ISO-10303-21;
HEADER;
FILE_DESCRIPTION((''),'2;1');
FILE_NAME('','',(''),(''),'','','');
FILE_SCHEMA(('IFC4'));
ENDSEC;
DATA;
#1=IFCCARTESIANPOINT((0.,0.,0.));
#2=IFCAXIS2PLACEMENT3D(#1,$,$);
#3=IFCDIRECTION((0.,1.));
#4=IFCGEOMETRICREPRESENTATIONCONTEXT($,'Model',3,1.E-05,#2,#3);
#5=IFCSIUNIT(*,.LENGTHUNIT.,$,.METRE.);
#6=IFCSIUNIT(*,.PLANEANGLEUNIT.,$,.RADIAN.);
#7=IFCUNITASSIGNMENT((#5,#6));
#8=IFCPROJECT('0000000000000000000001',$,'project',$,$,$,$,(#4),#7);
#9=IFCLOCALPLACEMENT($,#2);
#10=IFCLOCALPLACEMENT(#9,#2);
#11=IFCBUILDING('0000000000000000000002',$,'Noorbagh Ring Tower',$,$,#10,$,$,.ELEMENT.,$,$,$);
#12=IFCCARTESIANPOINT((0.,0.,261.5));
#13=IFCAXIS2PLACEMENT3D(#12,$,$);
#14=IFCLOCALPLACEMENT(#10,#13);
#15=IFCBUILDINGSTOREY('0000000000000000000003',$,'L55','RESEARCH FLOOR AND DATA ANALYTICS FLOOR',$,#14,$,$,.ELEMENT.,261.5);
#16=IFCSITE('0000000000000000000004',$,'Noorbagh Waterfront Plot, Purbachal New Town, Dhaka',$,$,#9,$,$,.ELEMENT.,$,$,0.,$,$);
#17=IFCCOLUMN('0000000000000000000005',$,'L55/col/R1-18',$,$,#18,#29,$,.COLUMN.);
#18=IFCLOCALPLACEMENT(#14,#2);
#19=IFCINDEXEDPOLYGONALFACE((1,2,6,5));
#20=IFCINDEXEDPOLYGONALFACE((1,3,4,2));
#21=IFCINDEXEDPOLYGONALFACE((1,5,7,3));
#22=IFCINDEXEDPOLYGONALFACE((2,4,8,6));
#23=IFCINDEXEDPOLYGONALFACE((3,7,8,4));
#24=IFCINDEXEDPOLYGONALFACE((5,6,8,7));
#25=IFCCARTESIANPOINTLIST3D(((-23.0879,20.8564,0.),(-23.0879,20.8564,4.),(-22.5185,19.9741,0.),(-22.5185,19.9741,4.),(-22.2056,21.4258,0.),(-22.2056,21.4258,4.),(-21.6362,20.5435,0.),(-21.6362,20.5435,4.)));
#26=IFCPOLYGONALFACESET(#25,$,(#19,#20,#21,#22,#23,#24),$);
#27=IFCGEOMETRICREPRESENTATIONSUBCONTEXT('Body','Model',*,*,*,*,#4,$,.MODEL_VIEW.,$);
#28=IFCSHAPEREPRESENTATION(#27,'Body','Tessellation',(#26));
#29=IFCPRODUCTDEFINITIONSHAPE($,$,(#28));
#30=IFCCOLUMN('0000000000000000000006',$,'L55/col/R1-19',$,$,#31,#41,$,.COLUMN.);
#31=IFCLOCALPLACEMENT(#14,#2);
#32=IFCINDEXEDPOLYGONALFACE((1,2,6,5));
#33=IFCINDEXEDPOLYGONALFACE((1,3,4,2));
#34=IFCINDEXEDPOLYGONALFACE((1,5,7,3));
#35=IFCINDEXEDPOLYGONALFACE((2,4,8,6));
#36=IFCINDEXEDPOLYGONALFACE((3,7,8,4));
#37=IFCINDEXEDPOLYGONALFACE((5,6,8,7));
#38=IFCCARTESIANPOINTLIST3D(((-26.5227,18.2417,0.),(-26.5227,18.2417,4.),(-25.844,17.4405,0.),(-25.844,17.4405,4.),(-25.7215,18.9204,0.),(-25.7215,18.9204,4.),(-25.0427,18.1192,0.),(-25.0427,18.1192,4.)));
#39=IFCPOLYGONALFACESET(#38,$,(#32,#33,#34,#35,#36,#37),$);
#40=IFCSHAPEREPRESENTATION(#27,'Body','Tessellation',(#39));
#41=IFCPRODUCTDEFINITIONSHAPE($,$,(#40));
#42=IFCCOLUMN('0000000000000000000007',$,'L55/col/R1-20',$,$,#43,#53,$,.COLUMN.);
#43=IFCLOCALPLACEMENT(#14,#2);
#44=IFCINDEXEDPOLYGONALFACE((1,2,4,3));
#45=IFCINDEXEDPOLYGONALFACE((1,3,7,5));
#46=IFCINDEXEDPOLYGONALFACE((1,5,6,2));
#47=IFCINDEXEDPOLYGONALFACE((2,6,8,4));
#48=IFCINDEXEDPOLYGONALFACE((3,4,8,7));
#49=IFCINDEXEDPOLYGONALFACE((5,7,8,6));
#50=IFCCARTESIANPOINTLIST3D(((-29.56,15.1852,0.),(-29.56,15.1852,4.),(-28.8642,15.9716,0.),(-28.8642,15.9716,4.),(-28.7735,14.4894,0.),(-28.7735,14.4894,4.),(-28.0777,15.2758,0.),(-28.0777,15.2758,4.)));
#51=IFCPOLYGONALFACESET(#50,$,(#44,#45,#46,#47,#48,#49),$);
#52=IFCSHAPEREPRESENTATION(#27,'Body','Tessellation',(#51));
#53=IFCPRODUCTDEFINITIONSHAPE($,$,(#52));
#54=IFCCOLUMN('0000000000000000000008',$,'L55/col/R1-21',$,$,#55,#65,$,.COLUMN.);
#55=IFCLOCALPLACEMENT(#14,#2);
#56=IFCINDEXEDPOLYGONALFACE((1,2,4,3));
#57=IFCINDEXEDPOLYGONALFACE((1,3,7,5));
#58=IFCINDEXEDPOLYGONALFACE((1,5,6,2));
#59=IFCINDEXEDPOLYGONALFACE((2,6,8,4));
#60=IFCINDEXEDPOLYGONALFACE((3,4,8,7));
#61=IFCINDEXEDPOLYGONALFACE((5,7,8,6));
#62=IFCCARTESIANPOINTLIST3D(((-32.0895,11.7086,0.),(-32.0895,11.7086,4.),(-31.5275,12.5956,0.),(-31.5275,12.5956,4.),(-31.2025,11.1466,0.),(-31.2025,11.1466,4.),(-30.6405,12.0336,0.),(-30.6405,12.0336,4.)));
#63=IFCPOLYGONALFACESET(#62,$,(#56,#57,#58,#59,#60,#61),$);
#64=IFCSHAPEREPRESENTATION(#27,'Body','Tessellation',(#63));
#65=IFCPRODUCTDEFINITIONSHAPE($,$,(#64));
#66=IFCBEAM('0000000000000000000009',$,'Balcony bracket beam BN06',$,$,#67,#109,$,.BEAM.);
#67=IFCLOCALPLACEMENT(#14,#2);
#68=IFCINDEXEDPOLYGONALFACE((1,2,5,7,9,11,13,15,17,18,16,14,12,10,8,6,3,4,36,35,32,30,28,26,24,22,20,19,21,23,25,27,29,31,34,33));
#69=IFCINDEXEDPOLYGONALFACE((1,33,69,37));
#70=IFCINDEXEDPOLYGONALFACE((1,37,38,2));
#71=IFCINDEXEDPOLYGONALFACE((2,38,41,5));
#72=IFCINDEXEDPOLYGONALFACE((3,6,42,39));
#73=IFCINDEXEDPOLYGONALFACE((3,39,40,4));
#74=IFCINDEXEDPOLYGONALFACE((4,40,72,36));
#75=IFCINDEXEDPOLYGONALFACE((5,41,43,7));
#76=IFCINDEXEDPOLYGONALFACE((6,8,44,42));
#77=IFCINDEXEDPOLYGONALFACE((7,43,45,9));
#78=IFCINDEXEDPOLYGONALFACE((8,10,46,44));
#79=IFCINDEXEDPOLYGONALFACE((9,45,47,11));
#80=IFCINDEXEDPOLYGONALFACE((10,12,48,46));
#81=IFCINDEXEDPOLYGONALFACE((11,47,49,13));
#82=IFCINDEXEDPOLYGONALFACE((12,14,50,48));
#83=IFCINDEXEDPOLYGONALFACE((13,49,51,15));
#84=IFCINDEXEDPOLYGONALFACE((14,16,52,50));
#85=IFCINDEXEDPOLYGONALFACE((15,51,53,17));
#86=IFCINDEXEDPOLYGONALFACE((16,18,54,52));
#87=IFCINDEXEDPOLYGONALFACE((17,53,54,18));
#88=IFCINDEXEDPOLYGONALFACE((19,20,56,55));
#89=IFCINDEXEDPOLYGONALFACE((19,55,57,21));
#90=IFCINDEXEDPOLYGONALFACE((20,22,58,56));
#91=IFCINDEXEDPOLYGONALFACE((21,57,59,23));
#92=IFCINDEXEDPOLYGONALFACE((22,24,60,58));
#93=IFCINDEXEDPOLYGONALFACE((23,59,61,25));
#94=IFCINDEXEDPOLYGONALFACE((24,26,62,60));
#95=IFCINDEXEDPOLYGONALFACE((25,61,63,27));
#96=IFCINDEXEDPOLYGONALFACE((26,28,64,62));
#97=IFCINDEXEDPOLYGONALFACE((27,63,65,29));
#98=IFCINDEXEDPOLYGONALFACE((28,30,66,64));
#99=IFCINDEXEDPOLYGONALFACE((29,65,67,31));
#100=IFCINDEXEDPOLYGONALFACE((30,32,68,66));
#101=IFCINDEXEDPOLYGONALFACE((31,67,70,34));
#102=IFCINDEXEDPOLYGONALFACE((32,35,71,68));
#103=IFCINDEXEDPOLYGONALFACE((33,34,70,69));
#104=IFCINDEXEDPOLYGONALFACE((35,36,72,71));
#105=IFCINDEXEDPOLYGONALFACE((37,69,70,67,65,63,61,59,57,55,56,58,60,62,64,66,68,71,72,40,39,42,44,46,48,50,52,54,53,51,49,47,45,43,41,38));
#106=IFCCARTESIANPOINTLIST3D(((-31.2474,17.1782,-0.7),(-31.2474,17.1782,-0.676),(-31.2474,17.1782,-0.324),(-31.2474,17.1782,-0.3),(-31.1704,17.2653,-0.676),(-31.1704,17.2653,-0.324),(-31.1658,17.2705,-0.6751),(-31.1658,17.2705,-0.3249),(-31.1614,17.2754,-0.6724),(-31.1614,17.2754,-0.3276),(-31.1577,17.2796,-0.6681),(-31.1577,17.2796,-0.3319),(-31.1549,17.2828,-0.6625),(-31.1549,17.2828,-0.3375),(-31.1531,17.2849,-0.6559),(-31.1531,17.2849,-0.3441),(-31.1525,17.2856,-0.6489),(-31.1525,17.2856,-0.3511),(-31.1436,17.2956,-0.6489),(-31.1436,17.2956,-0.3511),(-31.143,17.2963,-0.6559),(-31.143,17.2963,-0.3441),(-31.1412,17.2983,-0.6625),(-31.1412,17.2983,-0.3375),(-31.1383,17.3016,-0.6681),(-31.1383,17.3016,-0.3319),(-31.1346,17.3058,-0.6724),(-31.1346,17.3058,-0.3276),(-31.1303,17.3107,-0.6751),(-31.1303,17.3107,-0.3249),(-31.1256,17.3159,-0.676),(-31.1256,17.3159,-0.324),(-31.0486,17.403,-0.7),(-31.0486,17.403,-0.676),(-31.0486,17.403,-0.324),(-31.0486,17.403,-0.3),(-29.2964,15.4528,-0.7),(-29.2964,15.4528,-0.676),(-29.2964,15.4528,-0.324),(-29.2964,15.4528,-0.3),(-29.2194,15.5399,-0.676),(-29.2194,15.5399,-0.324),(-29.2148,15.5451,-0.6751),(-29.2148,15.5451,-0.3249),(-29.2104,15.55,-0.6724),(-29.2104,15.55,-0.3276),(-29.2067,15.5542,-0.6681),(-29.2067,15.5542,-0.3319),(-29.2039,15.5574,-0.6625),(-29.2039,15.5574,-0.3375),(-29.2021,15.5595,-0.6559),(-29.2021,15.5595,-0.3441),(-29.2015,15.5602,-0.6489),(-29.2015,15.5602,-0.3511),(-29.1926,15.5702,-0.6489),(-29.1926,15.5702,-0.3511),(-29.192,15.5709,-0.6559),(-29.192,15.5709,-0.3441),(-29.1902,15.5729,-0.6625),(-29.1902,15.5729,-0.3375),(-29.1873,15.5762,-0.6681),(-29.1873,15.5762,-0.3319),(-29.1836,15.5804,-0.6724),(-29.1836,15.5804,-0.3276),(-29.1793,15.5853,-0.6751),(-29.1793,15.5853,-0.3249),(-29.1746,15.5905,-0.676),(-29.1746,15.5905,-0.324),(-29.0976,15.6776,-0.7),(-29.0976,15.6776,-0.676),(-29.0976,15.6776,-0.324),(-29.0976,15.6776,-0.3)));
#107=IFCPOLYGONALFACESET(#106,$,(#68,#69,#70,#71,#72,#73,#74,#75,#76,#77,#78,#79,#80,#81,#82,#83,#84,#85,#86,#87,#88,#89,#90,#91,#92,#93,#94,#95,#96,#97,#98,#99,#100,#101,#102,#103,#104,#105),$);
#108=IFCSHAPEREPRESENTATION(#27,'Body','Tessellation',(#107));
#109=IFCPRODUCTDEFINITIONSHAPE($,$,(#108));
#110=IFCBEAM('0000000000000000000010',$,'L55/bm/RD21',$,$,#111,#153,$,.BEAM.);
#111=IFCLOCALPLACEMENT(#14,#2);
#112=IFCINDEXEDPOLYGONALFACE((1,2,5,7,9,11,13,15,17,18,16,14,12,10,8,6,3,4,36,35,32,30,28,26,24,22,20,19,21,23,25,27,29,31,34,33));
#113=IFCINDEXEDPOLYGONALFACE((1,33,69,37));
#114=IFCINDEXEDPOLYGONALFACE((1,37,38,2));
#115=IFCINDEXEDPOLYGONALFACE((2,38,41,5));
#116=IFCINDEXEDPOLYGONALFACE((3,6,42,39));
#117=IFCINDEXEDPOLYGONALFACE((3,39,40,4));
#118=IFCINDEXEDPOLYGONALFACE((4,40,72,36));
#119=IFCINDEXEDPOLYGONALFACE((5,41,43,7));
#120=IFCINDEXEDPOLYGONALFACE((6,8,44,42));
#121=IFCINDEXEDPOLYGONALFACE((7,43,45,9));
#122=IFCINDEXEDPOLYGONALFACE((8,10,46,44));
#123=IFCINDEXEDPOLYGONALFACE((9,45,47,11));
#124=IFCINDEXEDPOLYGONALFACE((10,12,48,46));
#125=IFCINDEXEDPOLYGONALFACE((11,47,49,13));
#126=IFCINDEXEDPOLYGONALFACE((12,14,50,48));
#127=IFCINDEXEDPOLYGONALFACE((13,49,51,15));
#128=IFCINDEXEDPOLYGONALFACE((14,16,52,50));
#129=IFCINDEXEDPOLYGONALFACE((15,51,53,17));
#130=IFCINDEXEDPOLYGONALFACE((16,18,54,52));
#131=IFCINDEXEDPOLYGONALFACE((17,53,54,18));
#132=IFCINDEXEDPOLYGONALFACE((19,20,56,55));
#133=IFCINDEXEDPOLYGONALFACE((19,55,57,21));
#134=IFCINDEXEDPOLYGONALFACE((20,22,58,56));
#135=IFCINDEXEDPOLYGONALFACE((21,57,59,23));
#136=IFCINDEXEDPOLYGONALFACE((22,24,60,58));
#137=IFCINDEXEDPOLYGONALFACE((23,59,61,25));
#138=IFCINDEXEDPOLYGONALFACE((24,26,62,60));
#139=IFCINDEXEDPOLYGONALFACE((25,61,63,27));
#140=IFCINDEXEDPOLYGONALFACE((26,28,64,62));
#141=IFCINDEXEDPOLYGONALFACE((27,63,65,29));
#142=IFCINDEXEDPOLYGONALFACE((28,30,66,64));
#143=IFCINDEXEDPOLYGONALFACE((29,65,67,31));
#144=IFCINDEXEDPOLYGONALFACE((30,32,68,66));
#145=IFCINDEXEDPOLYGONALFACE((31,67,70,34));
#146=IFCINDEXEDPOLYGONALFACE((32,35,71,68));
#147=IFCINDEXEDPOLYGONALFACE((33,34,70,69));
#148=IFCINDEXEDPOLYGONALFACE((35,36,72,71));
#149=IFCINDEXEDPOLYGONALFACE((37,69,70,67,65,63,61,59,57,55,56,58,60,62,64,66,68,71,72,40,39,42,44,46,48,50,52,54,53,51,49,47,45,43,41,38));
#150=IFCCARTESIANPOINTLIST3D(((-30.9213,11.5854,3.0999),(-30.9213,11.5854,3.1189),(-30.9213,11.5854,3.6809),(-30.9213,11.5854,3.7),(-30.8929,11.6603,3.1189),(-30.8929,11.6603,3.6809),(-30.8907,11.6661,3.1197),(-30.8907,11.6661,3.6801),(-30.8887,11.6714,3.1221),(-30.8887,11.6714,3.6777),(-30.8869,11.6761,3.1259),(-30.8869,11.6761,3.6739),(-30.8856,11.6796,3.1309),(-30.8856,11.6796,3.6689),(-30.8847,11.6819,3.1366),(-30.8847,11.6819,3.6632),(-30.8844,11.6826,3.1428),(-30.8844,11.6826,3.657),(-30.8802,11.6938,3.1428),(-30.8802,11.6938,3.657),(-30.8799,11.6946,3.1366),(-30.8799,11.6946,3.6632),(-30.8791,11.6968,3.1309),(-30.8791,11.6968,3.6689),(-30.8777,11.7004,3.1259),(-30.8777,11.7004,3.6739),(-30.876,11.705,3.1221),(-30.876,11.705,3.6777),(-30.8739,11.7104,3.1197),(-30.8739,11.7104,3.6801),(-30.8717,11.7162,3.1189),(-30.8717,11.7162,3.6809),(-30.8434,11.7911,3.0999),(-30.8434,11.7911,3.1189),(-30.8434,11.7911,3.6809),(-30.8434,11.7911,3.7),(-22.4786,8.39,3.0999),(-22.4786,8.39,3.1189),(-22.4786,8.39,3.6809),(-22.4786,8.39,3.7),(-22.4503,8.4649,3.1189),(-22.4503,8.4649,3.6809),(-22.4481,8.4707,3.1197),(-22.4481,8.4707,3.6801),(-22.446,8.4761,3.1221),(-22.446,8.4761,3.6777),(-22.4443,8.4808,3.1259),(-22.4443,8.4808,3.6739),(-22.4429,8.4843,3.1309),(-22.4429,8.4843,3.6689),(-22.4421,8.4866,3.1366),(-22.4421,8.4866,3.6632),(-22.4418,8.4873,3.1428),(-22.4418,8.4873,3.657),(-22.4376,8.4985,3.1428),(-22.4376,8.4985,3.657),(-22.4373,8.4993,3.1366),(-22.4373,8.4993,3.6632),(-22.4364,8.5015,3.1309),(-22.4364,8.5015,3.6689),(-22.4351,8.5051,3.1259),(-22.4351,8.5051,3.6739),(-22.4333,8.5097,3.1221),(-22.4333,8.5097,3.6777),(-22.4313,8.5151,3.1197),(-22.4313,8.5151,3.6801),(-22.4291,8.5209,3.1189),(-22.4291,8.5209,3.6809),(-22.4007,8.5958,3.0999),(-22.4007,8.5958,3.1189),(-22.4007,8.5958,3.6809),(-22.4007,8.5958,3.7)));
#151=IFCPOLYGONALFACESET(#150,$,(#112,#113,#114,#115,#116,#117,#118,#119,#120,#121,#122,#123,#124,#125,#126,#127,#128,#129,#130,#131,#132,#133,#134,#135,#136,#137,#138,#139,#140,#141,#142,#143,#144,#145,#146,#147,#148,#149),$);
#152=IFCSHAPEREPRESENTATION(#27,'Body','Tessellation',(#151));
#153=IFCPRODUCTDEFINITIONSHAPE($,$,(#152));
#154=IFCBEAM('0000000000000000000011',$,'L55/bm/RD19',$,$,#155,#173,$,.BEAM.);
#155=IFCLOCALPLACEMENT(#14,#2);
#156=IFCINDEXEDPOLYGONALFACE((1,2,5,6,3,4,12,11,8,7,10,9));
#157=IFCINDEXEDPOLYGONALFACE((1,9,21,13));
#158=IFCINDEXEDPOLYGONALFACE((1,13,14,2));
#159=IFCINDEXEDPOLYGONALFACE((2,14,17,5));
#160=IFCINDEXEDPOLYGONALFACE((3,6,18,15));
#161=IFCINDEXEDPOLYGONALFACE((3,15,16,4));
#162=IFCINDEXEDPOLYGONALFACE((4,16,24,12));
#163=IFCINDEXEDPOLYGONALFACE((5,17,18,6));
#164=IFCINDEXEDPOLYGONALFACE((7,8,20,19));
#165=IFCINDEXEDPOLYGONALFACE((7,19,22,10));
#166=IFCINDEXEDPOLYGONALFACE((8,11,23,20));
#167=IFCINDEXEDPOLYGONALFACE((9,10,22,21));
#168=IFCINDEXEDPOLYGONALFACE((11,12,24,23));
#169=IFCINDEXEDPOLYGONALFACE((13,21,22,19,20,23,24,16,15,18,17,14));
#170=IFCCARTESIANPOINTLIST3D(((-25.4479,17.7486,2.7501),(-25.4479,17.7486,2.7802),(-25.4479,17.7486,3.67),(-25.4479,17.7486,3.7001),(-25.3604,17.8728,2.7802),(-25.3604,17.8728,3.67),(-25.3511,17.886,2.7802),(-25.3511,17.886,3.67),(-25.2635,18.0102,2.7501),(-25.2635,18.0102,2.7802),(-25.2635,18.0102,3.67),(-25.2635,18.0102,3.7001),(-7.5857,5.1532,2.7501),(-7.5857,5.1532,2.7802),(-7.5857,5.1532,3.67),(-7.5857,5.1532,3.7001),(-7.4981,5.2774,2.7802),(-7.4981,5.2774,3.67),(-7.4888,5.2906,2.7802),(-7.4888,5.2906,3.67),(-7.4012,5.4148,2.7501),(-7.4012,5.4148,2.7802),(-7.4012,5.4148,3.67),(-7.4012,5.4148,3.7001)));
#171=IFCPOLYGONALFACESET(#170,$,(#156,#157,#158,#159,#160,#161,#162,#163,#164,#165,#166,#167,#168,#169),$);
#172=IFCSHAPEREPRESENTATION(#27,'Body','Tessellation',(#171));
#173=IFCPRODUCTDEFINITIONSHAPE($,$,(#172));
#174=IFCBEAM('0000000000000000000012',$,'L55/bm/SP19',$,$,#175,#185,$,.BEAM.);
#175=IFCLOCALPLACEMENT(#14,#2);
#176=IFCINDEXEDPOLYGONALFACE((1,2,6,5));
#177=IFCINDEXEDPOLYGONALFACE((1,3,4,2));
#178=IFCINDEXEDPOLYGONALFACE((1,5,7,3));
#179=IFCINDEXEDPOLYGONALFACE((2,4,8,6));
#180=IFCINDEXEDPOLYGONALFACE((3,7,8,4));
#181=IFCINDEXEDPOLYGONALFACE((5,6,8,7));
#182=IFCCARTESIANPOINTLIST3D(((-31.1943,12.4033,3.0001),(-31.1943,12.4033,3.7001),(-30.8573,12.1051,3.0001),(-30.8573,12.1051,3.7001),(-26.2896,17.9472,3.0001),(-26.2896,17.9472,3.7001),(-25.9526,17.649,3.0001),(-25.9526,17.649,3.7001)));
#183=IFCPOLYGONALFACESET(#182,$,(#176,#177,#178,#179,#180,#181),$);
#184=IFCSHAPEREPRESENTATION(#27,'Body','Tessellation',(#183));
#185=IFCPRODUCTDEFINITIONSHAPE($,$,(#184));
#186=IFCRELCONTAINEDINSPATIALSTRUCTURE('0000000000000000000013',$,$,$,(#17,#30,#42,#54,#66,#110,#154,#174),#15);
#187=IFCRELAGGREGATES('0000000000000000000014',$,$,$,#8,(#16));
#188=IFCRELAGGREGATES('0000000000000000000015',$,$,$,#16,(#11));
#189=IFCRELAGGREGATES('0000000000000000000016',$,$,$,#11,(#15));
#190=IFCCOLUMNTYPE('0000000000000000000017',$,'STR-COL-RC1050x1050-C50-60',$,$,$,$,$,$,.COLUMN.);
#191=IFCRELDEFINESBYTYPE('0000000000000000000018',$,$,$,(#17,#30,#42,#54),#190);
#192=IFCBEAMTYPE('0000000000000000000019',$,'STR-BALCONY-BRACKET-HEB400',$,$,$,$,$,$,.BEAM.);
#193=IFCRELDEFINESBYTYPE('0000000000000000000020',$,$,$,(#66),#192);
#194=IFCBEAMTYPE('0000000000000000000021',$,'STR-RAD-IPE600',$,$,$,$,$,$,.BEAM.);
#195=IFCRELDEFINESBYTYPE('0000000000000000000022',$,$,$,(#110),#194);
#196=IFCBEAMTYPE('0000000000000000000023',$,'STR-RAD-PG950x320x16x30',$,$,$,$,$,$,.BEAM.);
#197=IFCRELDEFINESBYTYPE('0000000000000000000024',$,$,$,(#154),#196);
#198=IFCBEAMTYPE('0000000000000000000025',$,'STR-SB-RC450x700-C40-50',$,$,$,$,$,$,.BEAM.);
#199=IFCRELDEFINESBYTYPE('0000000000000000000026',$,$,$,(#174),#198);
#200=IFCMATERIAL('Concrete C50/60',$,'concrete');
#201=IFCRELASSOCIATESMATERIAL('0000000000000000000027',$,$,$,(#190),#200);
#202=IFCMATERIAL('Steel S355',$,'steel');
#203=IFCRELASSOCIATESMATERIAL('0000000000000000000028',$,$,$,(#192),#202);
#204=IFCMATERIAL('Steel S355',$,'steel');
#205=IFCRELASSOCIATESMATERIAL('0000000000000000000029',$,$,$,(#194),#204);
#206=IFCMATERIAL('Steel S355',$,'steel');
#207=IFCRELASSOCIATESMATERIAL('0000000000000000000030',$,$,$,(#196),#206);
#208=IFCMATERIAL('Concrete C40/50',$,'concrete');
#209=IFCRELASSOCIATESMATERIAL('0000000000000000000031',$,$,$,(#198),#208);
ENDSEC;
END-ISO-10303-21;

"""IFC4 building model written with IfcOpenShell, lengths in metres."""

from ifc_helpers import new_model, si_unit, direction, frame, origin, origin_2d, place, context, subcontext, project, spatial, rectangle, i_section, extrude, material, material_profile, profile_set, type_object, element, save


model = new_model("IFC4")

# Units and contexts
model_context = context("Model", 3, precision=1e-05, world=origin(), true_north=direction((0.0, 1.0)))
body_context = subcontext(model_context, "Body", "Model", "MODEL_VIEW")
ifc_project = project(units=[si_unit("LENGTHUNIT", "METRE"), si_unit("PLANEANGLEUNIT", "RADIAN")], contexts=[model_context])

# Site, building, storey
site_placement = place(None, origin())
site = spatial("IfcSite", under=ifc_project, at=site_placement, Name="Noorbagh Waterfront Plot, Purbachal New Town, Dhaka", CompositionType="ELEMENT", RefElevation=0.0)
building_placement = place(site_placement, origin())
building = spatial("IfcBuilding", under=site, at=building_placement, Name="Noorbagh Ring Tower", CompositionType="ELEMENT")
storey_placement = place(building_placement, frame((0.0, 0.0, 261.5)))
storey = spatial("IfcBuildingStorey", under=building, at=storey_placement, Name="L55", Description="RESEARCH FLOOR AND DATA ANALYTICS FLOOR", CompositionType="ELEMENT", Elevation=261.5)

# Columns
ifc_material_1 = material(Name="Concrete C50/60", Category="concrete")
ifc_material_profile_1 = material_profile(ifc_material_1, rectangle(XDim=1.05, YDim=1.05, at=origin_2d()), Name="RC1050x1050")
ifc_profile_set_1 = profile_set([ifc_material_profile_1], Name="Concrete C50/60")
column_type = type_object("IfcColumnType", Name="STR-COL-RC1050x1050-C50-60", PredefinedType="COLUMN", material=ifc_profile_set_1)
for number, where, z_axis, x_axis, name in (
    (1, (-22.3621, 20.7, 0.0), (0.0, 0.0, 1.0), (-0.840248, -0.542203, 0.0), "L55/col/R1-18"),
    (2, (-25.7827, 18.1804, 0.0), (0.0, 0.0, 1.0), (-0.763035, -0.646357, 0.0), "L55/col/R1-19"),
    (3, (-28.8188, 15.2305, 0.0), (0.0, 0.0, 1.0), (-0.662636, -0.748942, 0.0), "L55/col/R1-20"),
    (4, (-31.365, 11.8711, 0.0), (0.0, 0.0, 1.0), (-0.53519, -0.844731, 0.0), "L55/col/R1-21"),
):
    element("IfcColumn", number, at=place(storey_placement, frame(where, z_axis=z_axis, x_axis=x_axis)), inside=storey, type_object=column_type, Name=name, PredefinedType="COLUMN", context=body_context, shape_type="SweptSolid", body=[
        extrude(rectangle(XDim=1.05, YDim=1.05, at=origin_2d()), origin(), (0.0, 0.0, 1.0), 4.0),
    ])

# Beams
ifc_material_2 = material(Name="Steel S355", Category="steel")
ifc_material_profile_2 = material_profile(ifc_material_2, i_section(OverallWidth=0.3, OverallDepth=0.3999, WebThickness=0.0134, FlangeThickness=0.0239, FilletRadius=0.0271, at=origin_2d()), Name="HEB400")
ifc_profile_set_2 = profile_set([ifc_material_profile_2], Name="Steel S355")
beam_type_1 = type_object("IfcBeamType", Name="STR-BALCONY-BRACKET-HEB400", PredefinedType="BEAM", material=ifc_profile_set_2)
beam_1_placement = place(storey_placement, frame((-29.197, 15.5652, -0.5), z_axis=(-0.749088, 0.662471, 0.0), x_axis=(-0.662471, -0.749088, 0.0)))
element("IfcBeam", 5, at=beam_1_placement, inside=storey, type_object=beam_type_1, Name="Balcony bracket beam BN06", PredefinedType="BEAM", context=body_context, shape_type="SweptSolid", body=[
    extrude(i_section(OverallWidth=0.3, OverallDepth=0.3999, WebThickness=0.0134, FlangeThickness=0.0239, FilletRadius=0.0271, at=origin_2d()), origin(), (0.0, 0.0, 1.0), 2.6045),
])
ifc_material_3 = material(Name="Steel S355", Category="steel")
ifc_material_profile_3 = material_profile(ifc_material_3, i_section(OverallWidth=0.22, OverallDepth=0.6001, WebThickness=0.012, FlangeThickness=0.019, FilletRadius=0.0239, at=origin_2d()), Name="IPE600")
ifc_profile_set_3 = profile_set([ifc_material_profile_3], Name="Steel S355")
beam_type_2 = type_object("IfcBeamType", Name="STR-RAD-IPE600", PredefinedType="BEAM", material=ifc_profile_set_3)
beam_2_placement = place(storey_placement, frame((-30.8823, 11.6882, 3.3999), z_axis=(0.935257, -0.35397, 0.0), x_axis=(0.35397, 0.935257, 0.0)))
element("IfcBeam", 6, at=beam_2_placement, inside=storey, type_object=beam_type_2, Name="L55/bm/RD21", PredefinedType="BEAM", context=body_context, shape_type="SweptSolid", body=[
    extrude(i_section(OverallWidth=0.22, OverallDepth=0.6001, WebThickness=0.012, FlangeThickness=0.019, FilletRadius=0.0239, at=origin_2d()), origin(), (0.0, 0.0, 1.0), 9.0271),
])
ifc_material_4 = material(Name="Steel S355", Category="steel")
ifc_material_profile_4 = material_profile(ifc_material_4, i_section(OverallWidth=0.3201, OverallDepth=0.95, WebThickness=0.0161, FlangeThickness=0.03, at=origin_2d()), Name="PG950x320x16x30")
ifc_profile_set_4 = profile_set([ifc_material_profile_4], Name="Steel S355")
beam_type_3 = type_object("IfcBeamType", Name="STR-RAD-PG950x320x16x30", PredefinedType="BEAM", material=ifc_profile_set_4)
beam_3_placement = place(storey_placement, frame((-25.3557, 17.8794, 3.2251), z_axis=(0.817253, -0.576279, 0.0), x_axis=(0.576279, 0.817253, 0.0)))
element("IfcBeam", 7, at=beam_3_placement, inside=storey, type_object=beam_type_3, Name="L55/bm/RD19", PredefinedType="BEAM", context=body_context, shape_type="SweptSolid", body=[
    extrude(i_section(OverallWidth=0.3201, OverallDepth=0.95, WebThickness=0.0161, FlangeThickness=0.03, at=origin_2d()), origin(), (0.0, 0.0, 1.0), 21.8564),
])
ifc_material_5 = material(Name="Concrete C40/50", Category="concrete")
ifc_material_profile_5 = material_profile(ifc_material_5, rectangle(XDim=0.45, YDim=0.7, at=origin_2d()), Name="RC450x700")
ifc_profile_set_5 = profile_set([ifc_material_profile_5], Name="Concrete C40/50")
beam_type_4 = type_object("IfcBeamType", Name="STR-SB-RC450x700-C40-50", PredefinedType="BEAM", material=ifc_profile_set_5)
beam_4_placement = place(storey_placement, frame((-26.1211, 17.7981, 3.3501), z_axis=(-0.662614, -0.748961, 0.0), x_axis=(0.748961, -0.662614, 0.0)))
element("IfcBeam", 8, at=beam_4_placement, inside=storey, type_object=beam_type_4, Name="L55/bm/SP19", PredefinedType="BEAM", context=body_context, shape_type="SweptSolid", body=[
    extrude(rectangle(XDim=0.45, YDim=0.7, at=origin_2d()), origin(), (0.0, 0.0, 1.0), 7.4021),
])

save(model, "model.ifc")
